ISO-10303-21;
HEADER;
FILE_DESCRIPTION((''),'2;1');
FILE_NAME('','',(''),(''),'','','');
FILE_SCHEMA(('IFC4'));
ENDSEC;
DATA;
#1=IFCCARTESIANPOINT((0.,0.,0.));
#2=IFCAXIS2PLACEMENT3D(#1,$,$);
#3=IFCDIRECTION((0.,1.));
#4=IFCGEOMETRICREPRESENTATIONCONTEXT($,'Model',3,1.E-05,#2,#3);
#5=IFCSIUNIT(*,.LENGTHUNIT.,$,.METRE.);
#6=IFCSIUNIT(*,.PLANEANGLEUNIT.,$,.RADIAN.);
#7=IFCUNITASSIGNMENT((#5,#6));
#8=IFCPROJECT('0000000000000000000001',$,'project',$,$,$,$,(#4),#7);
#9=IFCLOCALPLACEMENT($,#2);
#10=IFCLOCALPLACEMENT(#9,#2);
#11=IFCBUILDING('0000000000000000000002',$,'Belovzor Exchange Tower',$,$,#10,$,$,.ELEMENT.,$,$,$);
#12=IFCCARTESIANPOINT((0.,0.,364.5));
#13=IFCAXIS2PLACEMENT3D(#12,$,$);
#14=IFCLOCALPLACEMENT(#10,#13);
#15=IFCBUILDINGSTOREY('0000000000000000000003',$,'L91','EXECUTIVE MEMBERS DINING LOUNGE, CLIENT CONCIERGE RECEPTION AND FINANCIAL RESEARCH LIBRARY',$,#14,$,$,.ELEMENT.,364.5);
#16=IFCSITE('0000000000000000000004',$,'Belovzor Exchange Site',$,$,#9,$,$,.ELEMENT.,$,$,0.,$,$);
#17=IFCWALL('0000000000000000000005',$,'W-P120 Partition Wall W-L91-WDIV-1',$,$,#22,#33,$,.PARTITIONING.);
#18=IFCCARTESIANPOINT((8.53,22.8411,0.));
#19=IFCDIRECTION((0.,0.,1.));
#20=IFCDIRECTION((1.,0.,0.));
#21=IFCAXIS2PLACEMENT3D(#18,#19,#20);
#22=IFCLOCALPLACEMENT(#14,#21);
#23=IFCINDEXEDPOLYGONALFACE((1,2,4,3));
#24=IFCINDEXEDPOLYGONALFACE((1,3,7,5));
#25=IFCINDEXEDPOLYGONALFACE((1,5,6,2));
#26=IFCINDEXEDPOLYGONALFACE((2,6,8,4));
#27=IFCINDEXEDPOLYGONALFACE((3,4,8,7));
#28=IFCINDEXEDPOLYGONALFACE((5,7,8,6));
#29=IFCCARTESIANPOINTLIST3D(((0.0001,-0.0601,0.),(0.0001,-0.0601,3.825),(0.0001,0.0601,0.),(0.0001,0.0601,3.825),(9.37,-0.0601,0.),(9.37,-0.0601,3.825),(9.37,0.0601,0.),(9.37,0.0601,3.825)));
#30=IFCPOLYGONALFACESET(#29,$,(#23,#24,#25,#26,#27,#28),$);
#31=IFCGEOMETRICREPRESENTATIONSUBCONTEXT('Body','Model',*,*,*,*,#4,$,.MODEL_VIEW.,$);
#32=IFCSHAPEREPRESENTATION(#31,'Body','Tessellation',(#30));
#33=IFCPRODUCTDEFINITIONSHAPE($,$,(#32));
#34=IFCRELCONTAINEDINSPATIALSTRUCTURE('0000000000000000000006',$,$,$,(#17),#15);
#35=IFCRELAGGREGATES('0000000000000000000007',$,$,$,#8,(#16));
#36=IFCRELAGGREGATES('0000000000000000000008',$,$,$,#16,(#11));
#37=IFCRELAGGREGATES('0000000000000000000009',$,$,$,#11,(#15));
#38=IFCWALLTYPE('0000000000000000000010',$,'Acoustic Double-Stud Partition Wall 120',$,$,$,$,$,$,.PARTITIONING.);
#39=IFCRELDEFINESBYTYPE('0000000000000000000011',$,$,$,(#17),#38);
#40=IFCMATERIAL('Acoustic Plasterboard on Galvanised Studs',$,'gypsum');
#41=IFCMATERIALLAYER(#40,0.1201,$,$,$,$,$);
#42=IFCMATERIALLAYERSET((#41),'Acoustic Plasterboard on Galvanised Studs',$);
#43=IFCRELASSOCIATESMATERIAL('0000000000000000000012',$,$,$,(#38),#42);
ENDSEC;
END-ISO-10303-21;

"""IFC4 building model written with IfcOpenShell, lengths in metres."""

from ifc_helpers import new_model, si_unit, direction, frame, frame_2d, origin, place, context, subcontext, project, spatial, rectangle, extrude, material, layer, layer_set, type_object, element, save


model = new_model("IFC4")

# Units and contexts
model_context = context("Model", 3, precision=1e-05, world=origin(), true_north=direction((0.0, 1.0)))
body_context = subcontext(model_context, "Body", "Model", "MODEL_VIEW")
ifc_project = project(units=[si_unit("LENGTHUNIT", "METRE"), si_unit("PLANEANGLEUNIT", "RADIAN")], contexts=[model_context])

# Site, building, storey
site_placement = place(None, origin())
site = spatial("IfcSite", under=ifc_project, at=site_placement, Name="Belovzor Exchange Site", CompositionType="ELEMENT", RefElevation=0.0)
building_placement = place(site_placement, origin())
building = spatial("IfcBuilding", under=site, at=building_placement, Name="Belovzor Exchange Tower", CompositionType="ELEMENT")
storey_placement = place(building_placement, frame((0.0, 0.0, 364.5)))
storey = spatial("IfcBuildingStorey", under=building, at=storey_placement, Name="L91", Description="EXECUTIVE MEMBERS DINING LOUNGE, CLIENT CONCIERGE RECEPTION AND FINANCIAL RESEARCH LIBRARY", CompositionType="ELEMENT", Elevation=364.5)

# Wall
ifc_material_1 = material(Name="Acoustic Plasterboard on Galvanised Studs", Category="gypsum")
ifc_layer_1 = layer(ifc_material_1, 0.1201)
ifc_layer_set_1 = layer_set([ifc_layer_1], Name="Acoustic Plasterboard on Galvanised Studs")
wall_type = type_object("IfcWallType", Name="Acoustic Double-Stud Partition Wall 120", PredefinedType="PARTITIONING", material=ifc_layer_set_1)
wall_1_placement = place(storey_placement, frame((8.53, 22.8411, 0.0), z_axis=(0.0, 0.0, 1.0), x_axis=(1.0, 0.0, 0.0)))
element("IfcWall", 1, at=wall_1_placement, inside=storey, type_object=wall_type, Name="W-P120 Partition Wall W-L91-WDIV-1", PredefinedType="PARTITIONING", context=body_context, shape_type="SweptSolid", body=[
    extrude(rectangle(XDim=9.3699, YDim=0.1201, at=frame_2d((4.6851, 0.0))), origin(), (0.0, 0.0, 1.0), 3.825),
])

save(model, "model.ifc")
